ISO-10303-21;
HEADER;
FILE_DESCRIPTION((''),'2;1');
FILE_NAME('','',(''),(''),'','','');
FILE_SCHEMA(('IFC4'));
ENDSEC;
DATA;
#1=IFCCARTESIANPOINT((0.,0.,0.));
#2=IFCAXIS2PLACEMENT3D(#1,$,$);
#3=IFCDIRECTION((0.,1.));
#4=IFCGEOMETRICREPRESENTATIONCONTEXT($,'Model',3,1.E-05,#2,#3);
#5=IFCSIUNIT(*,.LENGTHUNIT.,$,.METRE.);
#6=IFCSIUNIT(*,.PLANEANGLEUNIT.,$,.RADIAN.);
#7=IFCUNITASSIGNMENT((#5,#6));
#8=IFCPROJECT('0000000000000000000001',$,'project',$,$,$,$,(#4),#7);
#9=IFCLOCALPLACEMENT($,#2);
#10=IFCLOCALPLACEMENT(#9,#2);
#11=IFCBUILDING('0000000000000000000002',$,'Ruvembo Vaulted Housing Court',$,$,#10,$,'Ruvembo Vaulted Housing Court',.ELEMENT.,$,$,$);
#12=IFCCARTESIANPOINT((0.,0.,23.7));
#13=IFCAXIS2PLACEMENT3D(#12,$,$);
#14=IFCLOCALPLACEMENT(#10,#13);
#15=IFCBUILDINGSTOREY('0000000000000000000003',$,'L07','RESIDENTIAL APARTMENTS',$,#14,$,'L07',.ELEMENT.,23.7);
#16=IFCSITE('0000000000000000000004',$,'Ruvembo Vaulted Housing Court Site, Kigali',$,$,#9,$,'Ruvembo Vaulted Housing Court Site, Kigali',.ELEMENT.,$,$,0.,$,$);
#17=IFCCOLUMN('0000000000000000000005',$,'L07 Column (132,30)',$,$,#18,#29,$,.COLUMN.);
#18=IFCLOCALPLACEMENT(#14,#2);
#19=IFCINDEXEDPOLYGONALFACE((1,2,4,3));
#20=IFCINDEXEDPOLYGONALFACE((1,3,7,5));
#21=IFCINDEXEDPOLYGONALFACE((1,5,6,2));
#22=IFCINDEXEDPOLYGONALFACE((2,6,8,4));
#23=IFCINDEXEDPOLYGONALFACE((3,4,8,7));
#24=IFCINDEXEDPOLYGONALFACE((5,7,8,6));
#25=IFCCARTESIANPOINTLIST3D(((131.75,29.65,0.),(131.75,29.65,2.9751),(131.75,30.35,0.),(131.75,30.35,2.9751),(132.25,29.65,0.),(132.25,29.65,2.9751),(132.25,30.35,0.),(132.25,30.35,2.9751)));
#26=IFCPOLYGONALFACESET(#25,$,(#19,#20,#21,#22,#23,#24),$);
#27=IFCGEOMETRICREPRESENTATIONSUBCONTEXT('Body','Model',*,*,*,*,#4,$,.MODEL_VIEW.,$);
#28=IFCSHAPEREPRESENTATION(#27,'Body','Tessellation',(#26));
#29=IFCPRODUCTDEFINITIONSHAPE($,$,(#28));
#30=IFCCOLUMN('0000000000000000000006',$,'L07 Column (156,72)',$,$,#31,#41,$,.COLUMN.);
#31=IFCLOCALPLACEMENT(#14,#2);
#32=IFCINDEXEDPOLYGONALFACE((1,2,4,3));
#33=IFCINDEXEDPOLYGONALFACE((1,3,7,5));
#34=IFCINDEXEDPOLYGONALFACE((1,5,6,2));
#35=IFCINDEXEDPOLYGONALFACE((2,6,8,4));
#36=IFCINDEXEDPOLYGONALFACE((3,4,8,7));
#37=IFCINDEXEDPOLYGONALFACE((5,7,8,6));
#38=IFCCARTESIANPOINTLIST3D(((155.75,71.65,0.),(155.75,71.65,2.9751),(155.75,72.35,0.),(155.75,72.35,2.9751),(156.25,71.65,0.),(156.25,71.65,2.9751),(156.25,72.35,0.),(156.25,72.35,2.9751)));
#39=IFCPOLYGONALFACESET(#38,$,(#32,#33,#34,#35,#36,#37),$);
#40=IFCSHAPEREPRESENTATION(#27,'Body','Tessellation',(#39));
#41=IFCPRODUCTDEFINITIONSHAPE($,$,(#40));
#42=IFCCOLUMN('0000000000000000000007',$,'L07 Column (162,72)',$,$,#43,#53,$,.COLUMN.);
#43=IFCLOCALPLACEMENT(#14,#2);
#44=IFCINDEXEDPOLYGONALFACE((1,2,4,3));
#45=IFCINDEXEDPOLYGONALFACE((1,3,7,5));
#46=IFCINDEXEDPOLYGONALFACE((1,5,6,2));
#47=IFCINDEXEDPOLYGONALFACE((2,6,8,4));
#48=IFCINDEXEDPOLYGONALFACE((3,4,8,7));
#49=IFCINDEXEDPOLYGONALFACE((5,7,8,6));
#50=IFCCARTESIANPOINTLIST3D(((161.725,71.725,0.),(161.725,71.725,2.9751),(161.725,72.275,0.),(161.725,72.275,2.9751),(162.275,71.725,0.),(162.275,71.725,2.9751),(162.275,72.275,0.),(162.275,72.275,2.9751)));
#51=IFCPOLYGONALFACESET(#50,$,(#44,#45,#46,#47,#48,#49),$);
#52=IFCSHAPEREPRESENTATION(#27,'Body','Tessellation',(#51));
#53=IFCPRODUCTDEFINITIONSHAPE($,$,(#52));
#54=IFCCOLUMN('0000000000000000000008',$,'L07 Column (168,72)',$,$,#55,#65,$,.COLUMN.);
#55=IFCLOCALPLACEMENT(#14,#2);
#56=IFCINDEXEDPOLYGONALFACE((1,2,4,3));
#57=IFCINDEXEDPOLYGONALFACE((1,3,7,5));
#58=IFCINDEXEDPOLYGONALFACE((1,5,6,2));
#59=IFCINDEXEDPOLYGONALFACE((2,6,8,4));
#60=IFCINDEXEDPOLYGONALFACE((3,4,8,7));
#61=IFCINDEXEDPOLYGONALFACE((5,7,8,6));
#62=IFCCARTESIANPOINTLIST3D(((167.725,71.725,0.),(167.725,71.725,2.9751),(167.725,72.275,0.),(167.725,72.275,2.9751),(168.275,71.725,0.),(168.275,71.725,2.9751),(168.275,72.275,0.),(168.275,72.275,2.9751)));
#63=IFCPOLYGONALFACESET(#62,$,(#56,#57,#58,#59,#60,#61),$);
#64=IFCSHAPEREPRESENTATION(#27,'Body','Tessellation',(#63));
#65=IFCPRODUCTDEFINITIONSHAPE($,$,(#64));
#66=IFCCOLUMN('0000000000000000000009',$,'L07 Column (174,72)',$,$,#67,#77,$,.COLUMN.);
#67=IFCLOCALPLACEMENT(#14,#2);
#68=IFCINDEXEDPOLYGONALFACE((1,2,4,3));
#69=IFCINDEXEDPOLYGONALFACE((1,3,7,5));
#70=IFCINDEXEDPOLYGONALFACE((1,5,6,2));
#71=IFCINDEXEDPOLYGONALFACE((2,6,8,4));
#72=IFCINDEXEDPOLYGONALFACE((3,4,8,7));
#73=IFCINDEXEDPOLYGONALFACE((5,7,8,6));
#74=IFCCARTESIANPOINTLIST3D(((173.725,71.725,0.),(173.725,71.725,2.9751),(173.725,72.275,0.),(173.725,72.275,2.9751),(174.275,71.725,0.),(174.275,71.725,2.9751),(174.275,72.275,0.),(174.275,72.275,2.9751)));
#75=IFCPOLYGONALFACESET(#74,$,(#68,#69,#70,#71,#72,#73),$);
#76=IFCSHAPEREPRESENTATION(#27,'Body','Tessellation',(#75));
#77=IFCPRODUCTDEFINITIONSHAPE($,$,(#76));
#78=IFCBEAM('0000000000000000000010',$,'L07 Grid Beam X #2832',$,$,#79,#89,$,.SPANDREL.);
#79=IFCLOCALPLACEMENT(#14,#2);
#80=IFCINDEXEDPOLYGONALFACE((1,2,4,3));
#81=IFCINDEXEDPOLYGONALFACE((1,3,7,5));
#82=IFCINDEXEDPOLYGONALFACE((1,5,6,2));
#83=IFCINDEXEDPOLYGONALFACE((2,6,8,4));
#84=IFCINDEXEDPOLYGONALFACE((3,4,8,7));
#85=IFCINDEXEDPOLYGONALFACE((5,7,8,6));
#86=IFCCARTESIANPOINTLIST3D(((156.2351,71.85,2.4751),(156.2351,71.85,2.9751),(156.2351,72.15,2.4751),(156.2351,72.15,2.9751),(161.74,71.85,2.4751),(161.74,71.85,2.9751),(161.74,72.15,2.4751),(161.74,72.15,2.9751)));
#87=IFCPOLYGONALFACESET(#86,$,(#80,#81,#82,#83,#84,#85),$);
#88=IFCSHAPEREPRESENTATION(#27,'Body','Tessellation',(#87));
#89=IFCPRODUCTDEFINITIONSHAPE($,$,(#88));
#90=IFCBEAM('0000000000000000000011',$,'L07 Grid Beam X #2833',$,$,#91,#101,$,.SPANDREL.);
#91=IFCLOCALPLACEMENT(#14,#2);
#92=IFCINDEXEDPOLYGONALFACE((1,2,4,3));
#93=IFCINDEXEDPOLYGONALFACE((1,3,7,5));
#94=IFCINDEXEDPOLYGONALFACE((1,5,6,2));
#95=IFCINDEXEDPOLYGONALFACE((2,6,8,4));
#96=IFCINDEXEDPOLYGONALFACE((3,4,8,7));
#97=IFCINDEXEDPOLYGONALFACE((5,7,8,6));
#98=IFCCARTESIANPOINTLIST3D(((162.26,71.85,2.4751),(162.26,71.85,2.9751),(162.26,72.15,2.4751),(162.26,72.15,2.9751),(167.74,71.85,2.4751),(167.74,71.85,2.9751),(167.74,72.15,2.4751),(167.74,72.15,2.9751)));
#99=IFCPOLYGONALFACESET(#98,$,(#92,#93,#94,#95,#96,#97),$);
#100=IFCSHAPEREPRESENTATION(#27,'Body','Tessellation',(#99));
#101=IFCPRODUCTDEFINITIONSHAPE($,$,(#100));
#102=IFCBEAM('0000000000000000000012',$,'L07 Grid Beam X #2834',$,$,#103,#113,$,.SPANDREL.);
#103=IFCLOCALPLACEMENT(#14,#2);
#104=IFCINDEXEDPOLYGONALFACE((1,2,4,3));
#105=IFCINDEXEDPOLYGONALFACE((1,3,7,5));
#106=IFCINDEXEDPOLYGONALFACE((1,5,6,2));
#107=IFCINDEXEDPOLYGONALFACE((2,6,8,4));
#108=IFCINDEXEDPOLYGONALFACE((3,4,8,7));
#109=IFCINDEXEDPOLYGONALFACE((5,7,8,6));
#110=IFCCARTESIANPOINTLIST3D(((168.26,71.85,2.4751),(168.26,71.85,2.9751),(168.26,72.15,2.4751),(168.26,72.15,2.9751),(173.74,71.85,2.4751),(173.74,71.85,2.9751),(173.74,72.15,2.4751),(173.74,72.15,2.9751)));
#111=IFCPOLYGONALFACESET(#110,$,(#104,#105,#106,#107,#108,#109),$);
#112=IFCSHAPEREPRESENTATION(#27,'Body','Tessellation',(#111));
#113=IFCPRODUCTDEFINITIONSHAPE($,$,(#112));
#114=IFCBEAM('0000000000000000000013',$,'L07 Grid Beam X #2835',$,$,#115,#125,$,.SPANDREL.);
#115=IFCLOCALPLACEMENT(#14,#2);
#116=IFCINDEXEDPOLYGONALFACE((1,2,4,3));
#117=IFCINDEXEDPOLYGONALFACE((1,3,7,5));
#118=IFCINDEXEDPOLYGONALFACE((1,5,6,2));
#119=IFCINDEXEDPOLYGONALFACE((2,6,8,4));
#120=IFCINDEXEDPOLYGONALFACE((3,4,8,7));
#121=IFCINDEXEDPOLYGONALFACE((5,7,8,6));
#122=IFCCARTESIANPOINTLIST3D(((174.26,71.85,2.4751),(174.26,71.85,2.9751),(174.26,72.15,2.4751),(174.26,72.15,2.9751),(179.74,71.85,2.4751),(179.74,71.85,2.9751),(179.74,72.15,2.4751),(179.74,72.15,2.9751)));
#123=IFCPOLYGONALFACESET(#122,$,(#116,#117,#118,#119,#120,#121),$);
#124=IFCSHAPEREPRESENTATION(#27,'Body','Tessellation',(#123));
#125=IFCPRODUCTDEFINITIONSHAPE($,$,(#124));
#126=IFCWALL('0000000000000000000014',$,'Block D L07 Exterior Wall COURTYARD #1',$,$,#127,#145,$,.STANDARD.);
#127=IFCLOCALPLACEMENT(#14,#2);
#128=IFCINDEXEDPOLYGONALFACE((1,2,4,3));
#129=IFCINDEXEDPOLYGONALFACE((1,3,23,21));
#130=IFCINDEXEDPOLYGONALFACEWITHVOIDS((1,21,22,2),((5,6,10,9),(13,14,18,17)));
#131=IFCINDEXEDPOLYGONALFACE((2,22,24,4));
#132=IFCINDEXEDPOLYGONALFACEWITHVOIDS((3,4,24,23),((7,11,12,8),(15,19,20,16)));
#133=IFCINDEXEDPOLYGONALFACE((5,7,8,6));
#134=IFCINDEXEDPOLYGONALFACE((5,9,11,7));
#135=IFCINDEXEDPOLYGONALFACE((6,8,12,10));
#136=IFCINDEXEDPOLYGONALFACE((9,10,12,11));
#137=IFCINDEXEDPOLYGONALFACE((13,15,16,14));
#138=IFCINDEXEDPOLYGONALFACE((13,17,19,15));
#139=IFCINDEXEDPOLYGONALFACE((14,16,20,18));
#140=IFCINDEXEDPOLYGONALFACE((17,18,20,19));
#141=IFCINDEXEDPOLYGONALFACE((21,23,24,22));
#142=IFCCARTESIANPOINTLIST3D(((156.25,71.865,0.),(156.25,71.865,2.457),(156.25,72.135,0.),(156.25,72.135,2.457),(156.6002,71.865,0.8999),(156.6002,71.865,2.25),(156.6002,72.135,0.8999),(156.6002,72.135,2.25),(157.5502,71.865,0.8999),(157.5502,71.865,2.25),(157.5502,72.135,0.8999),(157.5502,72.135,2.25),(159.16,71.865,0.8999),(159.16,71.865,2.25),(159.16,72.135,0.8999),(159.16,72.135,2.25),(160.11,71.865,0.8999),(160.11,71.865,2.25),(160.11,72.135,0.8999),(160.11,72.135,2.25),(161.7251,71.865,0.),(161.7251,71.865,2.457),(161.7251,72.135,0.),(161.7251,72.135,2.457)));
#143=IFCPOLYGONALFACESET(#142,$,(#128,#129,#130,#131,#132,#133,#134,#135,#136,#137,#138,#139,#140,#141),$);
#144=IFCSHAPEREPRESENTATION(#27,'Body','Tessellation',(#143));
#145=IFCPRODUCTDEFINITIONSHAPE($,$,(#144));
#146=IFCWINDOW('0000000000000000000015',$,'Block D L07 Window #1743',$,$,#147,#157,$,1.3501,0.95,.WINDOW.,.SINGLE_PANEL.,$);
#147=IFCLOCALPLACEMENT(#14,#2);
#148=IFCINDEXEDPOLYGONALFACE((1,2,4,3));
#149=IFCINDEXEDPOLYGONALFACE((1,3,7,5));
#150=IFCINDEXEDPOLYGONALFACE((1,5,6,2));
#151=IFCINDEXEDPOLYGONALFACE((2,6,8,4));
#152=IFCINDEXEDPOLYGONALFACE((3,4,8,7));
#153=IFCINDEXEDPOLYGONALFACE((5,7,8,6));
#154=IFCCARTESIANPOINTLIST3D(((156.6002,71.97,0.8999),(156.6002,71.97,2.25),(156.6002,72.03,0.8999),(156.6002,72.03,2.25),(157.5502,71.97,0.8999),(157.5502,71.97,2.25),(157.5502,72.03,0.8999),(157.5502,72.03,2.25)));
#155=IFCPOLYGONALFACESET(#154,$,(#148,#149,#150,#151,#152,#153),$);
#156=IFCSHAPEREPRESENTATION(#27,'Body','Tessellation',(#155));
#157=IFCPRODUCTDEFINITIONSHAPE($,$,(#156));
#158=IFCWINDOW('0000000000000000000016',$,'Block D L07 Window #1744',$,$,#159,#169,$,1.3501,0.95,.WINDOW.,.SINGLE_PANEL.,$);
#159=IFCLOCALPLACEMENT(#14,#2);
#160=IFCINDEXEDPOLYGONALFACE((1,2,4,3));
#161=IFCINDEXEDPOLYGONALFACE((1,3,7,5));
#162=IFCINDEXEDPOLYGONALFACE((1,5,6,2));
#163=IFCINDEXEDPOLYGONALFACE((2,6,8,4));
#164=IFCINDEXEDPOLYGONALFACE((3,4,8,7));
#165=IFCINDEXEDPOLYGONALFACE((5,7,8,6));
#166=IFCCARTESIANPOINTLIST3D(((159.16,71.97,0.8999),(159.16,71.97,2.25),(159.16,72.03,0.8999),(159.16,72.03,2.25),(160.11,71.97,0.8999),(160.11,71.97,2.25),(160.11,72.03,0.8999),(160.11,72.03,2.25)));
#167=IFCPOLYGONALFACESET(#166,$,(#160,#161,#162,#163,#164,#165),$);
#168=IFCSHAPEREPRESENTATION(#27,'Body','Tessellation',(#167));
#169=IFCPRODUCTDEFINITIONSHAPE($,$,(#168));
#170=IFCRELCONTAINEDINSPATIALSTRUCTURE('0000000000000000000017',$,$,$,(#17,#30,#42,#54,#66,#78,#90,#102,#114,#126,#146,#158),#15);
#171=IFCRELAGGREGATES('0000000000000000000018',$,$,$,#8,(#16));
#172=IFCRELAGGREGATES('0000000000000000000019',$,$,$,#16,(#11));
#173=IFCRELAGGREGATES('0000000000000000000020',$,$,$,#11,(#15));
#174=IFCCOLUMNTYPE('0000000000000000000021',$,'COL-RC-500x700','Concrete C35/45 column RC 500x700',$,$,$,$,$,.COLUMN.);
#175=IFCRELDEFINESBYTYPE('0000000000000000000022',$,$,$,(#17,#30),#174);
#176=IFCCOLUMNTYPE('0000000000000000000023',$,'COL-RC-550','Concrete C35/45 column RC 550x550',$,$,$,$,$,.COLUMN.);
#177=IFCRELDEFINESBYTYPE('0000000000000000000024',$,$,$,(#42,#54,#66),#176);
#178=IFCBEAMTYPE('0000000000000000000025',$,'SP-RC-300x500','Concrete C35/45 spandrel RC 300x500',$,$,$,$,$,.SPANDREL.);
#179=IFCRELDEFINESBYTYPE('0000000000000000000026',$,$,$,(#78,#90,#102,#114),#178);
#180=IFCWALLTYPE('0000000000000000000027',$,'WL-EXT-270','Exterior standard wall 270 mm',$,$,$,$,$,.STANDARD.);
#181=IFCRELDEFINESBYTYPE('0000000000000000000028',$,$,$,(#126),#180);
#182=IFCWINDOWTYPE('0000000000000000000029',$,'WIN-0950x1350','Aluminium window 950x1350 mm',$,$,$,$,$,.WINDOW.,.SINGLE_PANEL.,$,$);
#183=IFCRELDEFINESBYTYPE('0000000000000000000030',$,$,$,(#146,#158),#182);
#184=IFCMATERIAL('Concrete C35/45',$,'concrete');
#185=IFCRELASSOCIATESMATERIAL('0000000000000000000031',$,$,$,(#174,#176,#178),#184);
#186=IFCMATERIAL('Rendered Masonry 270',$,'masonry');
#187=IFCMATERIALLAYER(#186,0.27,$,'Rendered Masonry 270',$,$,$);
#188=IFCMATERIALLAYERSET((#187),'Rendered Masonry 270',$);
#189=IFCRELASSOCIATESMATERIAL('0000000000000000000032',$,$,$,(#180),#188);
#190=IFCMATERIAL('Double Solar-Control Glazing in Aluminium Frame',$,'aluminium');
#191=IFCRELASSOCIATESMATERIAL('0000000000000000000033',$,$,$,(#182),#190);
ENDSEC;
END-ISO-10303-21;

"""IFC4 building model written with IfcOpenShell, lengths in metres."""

from ifc_helpers import new_model, si_unit, direction, frame, frame_2d, origin, origin_2d, place, context, subcontext, project, spatial, rectangle, extrude, material, layer, layer_set, material_profile, profile_set, type_object, element, fill, save


model = new_model("IFC4")

# Units and contexts
model_context = context("Model", 3, precision=1e-05, world=origin(), true_north=direction((0.0, 1.0)))
body_context = subcontext(model_context, "Body", "Model", "MODEL_VIEW")
ifc_project = project(units=[si_unit("LENGTHUNIT", "METRE"), si_unit("PLANEANGLEUNIT", "RADIAN")], contexts=[model_context])

# Site, building, storey
site_placement = place(None, origin())
site = spatial("IfcSite", under=ifc_project, at=site_placement, Name="Ruvembo Vaulted Housing Court Site, Kigali", LongName="Ruvembo Vaulted Housing Court Site, Kigali", CompositionType="ELEMENT", RefElevation=0.0)
building_placement = place(site_placement, origin())
building = spatial("IfcBuilding", under=site, at=building_placement, Name="Ruvembo Vaulted Housing Court", LongName="Ruvembo Vaulted Housing Court", CompositionType="ELEMENT")
storey_placement = place(building_placement, frame((0.0, 0.0, 23.7)))
storey = spatial("IfcBuildingStorey", under=building, at=storey_placement, Name="L07", Description="RESIDENTIAL APARTMENTS", LongName="L07", CompositionType="ELEMENT", Elevation=23.7)

# Columns
ifc_material_1 = material(Name="Concrete C35/45", Category="concrete")
ifc_material_profile_1 = material_profile(ifc_material_1, rectangle(XDim=0.5, YDim=0.7, at=origin_2d()), Name="RC 500x700")
ifc_profile_set_1 = profile_set([ifc_material_profile_1], Name="Concrete C35/45")
column_type_1 = type_object("IfcColumnType", Name="COL-RC-500x700", Description="Concrete C35/45 column RC 500x700", PredefinedType="COLUMN", material=ifc_profile_set_1)
for number, where, z_axis, x_axis, name in (
    (1, (132.0, 30.0, 0.0), (0.0, 0.0, 1.0), (1.0, 0.0, 0.0), "L07 Column (132,30)"),
    (2, (156.0, 72.0, 0.0), (0.0, 0.0, 1.0), (1.0, 0.0, 0.0), "L07 Column (156,72)"),
):
    element("IfcColumn", number, at=place(storey_placement, frame(where, z_axis=z_axis, x_axis=x_axis)), inside=storey, type_object=column_type_1, Name=name, PredefinedType="COLUMN", context=body_context, shape_type="SweptSolid", body=[
        extrude(rectangle(XDim=0.5, YDim=0.7, at=origin_2d()), origin(), (0.0, 0.0, 1.0), 2.9751),
    ])
ifc_material_profile_2 = material_profile(ifc_material_1, rectangle(XDim=0.55, YDim=0.55, at=origin_2d()), Name="RC 550x550")
ifc_profile_set_2 = profile_set([ifc_material_profile_2], Name="Concrete C35/45")
column_type_2 = type_object("IfcColumnType", Name="COL-RC-550", Description="Concrete C35/45 column RC 550x550", PredefinedType="COLUMN", material=ifc_profile_set_2)
for number, where, z_axis, x_axis, name in (
    (3, (162.0, 72.0, 0.0), (0.0, 0.0, 1.0), (1.0, 0.0, 0.0), "L07 Column (162,72)"),
    (4, (168.0, 72.0, 0.0), (0.0, 0.0, 1.0), (1.0, 0.0, 0.0), "L07 Column (168,72)"),
    (5, (174.0, 72.0, 0.0), (0.0, 0.0, 1.0), (1.0, 0.0, 0.0), "L07 Column (174,72)"),
):
    element("IfcColumn", number, at=place(storey_placement, frame(where, z_axis=z_axis, x_axis=x_axis)), inside=storey, type_object=column_type_2, Name=name, PredefinedType="COLUMN", context=body_context, shape_type="SweptSolid", body=[
        extrude(rectangle(XDim=0.55, YDim=0.55, at=origin_2d()), origin(), (0.0, 0.0, 1.0), 2.9751),
    ])

# Beams
ifc_material_profile_3 = material_profile(ifc_material_1, rectangle(XDim=0.3, YDim=0.5, at=origin_2d()), Name="RC 300x500")
ifc_profile_set_3 = profile_set([ifc_material_profile_3], Name="Concrete C35/45")
beam_type = type_object("IfcBeamType", Name="SP-RC-300x500", Description="Concrete C35/45 spandrel RC 300x500", PredefinedType="SPANDREL", material=ifc_profile_set_3)
beam_placement = place(storey_placement, frame((156.2351, 72.0, 2.7251), z_axis=(1.0, 0.0, 0.0), x_axis=(0.0, 1.0, 0.0)))
element("IfcBeam", 6, at=beam_placement, inside=storey, type_object=beam_type, Name="L07 Grid Beam X #2832", PredefinedType="SPANDREL", context=body_context, shape_type="SweptSolid", body=[
    extrude(rectangle(XDim=0.3, YDim=0.5, at=origin_2d()), origin(), (0.0, 0.0, 1.0), 5.5049),
])
for number, where, z_axis, x_axis, name in (
    (7, (162.26, 72.0, 2.7251), (1.0, 0.0, 0.0), (0.0, 1.0, 0.0), "L07 Grid Beam X #2833"),
    (8, (168.26, 72.0, 2.7251), (1.0, 0.0, 0.0), (0.0, 1.0, 0.0), "L07 Grid Beam X #2834"),
    (9, (174.26, 72.0, 2.7251), (1.0, 0.0, 0.0), (0.0, 1.0, 0.0), "L07 Grid Beam X #2835"),
):
    element("IfcBeam", number, at=place(storey_placement, frame(where, z_axis=z_axis, x_axis=x_axis)), inside=storey, type_object=beam_type, Name=name, PredefinedType="SPANDREL", context=body_context, shape_type="SweptSolid", body=[
        extrude(rectangle(XDim=0.3, YDim=0.5, at=origin_2d()), origin(), (0.0, 0.0, 1.0), 5.48),
    ])

# Wall, openings, windows
ifc_material_2 = material(Name="Rendered Masonry 270", Category="masonry")
ifc_layer = layer(ifc_material_2, 0.27, Name="Rendered Masonry 270")
ifc_layer_set = layer_set([ifc_layer], Name="Rendered Masonry 270")
wall_type = type_object("IfcWallType", Name="WL-EXT-270", Description="Exterior standard wall 270 mm", PredefinedType="STANDARD", material=ifc_layer_set)
wall_1_placement = place(storey_placement, frame((156.25, 72.0, 0.0), z_axis=(0.0, 0.0, 1.0), x_axis=(1.0, 0.0, 0.0)))
wall_1 = element("IfcWall", 10, at=wall_1_placement, inside=storey, type_object=wall_type, Name="Block D L07 Exterior Wall COURTYARD #1", PredefinedType="STANDARD", context=body_context, shape_type="SweptSolid", body=[
    extrude(rectangle(XDim=5.4751, YDim=0.27, at=frame_2d((2.7375, 0.0))), origin(), (0.0, 0.0, 1.0), 2.457),
])
opening_1_placement = place(wall_1_placement, frame((0.3501, 0.0, 0.8999)))
opening_1 = element("IfcOpeningElement", 11, at=opening_1_placement, cuts=wall_1, PredefinedType="OPENING", context=body_context, shape_type="SweptSolid", body=[
    extrude(rectangle(XDim=0.95, YDim=1.3501, at=frame_2d((0.4751, 0.675))), frame((0.0, 0.145, 0.0), z_axis=(0.0, -1.0, 0.0), x_axis=(1.0, 0.0, 0.0)), (0.0, 0.0, 1.0), 0.29),
])
opening_2_placement = place(wall_1_placement, frame((2.9099, 0.0, 0.8999)))
opening_2 = element("IfcOpeningElement", 12, at=opening_2_placement, cuts=wall_1, PredefinedType="OPENING", context=body_context, shape_type="SweptSolid", body=[
    extrude(rectangle(XDim=0.95, YDim=1.3501, at=frame_2d((0.4751, 0.675))), frame((0.0, 0.145, 0.0), z_axis=(0.0, -1.0, 0.0), x_axis=(1.0, 0.0, 0.0)), (0.0, 0.0, 1.0), 0.29),
])
ifc_material_3 = material(Name="Double Solar-Control Glazing in Aluminium Frame", Category="aluminium")
window_type_1 = type_object("IfcWindowType", Name="WIN-0950x1350", Description="Aluminium window 950x1350 mm", PartitioningType="SINGLE_PANEL", PredefinedType="WINDOW", material=ifc_material_3)
window_1_placement = place(opening_1_placement, origin())
window_1 = element("IfcWindow", 13, at=window_1_placement, inside=storey, type_object=window_type_1, Name="Block D L07 Window #1743", OverallHeight=1.3501, OverallWidth=0.95, PartitioningType="SINGLE_PANEL", PredefinedType="WINDOW", context=body_context, shape_type="SweptSolid", body=[
    extrude(rectangle(XDim=0.95, YDim=1.3501, at=frame_2d((0.4751, 0.675))), frame((0.0, 0.03, 0.0), z_axis=(0.0, -1.0, 0.0), x_axis=(1.0, 0.0, 0.0)), (0.0, 0.0, 1.0), 0.0601),
])
fill(opening_1, window_1)
window_2_placement = place(opening_2_placement, origin())
window_2 = element("IfcWindow", 14, at=window_2_placement, inside=storey, type_object=window_type_1, Name="Block D L07 Window #1744", OverallHeight=1.3501, OverallWidth=0.95, PartitioningType="SINGLE_PANEL", PredefinedType="WINDOW", context=body_context, shape_type="SweptSolid", body=[
    extrude(rectangle(XDim=0.95, YDim=1.3501, at=frame_2d((0.4751, 0.675))), frame((0.0, 0.03, 0.0), z_axis=(0.0, -1.0, 0.0), x_axis=(1.0, 0.0, 0.0)), (0.0, 0.0, 1.0), 0.0601),
])
fill(opening_2, window_2)

save(model, "model.ifc")
